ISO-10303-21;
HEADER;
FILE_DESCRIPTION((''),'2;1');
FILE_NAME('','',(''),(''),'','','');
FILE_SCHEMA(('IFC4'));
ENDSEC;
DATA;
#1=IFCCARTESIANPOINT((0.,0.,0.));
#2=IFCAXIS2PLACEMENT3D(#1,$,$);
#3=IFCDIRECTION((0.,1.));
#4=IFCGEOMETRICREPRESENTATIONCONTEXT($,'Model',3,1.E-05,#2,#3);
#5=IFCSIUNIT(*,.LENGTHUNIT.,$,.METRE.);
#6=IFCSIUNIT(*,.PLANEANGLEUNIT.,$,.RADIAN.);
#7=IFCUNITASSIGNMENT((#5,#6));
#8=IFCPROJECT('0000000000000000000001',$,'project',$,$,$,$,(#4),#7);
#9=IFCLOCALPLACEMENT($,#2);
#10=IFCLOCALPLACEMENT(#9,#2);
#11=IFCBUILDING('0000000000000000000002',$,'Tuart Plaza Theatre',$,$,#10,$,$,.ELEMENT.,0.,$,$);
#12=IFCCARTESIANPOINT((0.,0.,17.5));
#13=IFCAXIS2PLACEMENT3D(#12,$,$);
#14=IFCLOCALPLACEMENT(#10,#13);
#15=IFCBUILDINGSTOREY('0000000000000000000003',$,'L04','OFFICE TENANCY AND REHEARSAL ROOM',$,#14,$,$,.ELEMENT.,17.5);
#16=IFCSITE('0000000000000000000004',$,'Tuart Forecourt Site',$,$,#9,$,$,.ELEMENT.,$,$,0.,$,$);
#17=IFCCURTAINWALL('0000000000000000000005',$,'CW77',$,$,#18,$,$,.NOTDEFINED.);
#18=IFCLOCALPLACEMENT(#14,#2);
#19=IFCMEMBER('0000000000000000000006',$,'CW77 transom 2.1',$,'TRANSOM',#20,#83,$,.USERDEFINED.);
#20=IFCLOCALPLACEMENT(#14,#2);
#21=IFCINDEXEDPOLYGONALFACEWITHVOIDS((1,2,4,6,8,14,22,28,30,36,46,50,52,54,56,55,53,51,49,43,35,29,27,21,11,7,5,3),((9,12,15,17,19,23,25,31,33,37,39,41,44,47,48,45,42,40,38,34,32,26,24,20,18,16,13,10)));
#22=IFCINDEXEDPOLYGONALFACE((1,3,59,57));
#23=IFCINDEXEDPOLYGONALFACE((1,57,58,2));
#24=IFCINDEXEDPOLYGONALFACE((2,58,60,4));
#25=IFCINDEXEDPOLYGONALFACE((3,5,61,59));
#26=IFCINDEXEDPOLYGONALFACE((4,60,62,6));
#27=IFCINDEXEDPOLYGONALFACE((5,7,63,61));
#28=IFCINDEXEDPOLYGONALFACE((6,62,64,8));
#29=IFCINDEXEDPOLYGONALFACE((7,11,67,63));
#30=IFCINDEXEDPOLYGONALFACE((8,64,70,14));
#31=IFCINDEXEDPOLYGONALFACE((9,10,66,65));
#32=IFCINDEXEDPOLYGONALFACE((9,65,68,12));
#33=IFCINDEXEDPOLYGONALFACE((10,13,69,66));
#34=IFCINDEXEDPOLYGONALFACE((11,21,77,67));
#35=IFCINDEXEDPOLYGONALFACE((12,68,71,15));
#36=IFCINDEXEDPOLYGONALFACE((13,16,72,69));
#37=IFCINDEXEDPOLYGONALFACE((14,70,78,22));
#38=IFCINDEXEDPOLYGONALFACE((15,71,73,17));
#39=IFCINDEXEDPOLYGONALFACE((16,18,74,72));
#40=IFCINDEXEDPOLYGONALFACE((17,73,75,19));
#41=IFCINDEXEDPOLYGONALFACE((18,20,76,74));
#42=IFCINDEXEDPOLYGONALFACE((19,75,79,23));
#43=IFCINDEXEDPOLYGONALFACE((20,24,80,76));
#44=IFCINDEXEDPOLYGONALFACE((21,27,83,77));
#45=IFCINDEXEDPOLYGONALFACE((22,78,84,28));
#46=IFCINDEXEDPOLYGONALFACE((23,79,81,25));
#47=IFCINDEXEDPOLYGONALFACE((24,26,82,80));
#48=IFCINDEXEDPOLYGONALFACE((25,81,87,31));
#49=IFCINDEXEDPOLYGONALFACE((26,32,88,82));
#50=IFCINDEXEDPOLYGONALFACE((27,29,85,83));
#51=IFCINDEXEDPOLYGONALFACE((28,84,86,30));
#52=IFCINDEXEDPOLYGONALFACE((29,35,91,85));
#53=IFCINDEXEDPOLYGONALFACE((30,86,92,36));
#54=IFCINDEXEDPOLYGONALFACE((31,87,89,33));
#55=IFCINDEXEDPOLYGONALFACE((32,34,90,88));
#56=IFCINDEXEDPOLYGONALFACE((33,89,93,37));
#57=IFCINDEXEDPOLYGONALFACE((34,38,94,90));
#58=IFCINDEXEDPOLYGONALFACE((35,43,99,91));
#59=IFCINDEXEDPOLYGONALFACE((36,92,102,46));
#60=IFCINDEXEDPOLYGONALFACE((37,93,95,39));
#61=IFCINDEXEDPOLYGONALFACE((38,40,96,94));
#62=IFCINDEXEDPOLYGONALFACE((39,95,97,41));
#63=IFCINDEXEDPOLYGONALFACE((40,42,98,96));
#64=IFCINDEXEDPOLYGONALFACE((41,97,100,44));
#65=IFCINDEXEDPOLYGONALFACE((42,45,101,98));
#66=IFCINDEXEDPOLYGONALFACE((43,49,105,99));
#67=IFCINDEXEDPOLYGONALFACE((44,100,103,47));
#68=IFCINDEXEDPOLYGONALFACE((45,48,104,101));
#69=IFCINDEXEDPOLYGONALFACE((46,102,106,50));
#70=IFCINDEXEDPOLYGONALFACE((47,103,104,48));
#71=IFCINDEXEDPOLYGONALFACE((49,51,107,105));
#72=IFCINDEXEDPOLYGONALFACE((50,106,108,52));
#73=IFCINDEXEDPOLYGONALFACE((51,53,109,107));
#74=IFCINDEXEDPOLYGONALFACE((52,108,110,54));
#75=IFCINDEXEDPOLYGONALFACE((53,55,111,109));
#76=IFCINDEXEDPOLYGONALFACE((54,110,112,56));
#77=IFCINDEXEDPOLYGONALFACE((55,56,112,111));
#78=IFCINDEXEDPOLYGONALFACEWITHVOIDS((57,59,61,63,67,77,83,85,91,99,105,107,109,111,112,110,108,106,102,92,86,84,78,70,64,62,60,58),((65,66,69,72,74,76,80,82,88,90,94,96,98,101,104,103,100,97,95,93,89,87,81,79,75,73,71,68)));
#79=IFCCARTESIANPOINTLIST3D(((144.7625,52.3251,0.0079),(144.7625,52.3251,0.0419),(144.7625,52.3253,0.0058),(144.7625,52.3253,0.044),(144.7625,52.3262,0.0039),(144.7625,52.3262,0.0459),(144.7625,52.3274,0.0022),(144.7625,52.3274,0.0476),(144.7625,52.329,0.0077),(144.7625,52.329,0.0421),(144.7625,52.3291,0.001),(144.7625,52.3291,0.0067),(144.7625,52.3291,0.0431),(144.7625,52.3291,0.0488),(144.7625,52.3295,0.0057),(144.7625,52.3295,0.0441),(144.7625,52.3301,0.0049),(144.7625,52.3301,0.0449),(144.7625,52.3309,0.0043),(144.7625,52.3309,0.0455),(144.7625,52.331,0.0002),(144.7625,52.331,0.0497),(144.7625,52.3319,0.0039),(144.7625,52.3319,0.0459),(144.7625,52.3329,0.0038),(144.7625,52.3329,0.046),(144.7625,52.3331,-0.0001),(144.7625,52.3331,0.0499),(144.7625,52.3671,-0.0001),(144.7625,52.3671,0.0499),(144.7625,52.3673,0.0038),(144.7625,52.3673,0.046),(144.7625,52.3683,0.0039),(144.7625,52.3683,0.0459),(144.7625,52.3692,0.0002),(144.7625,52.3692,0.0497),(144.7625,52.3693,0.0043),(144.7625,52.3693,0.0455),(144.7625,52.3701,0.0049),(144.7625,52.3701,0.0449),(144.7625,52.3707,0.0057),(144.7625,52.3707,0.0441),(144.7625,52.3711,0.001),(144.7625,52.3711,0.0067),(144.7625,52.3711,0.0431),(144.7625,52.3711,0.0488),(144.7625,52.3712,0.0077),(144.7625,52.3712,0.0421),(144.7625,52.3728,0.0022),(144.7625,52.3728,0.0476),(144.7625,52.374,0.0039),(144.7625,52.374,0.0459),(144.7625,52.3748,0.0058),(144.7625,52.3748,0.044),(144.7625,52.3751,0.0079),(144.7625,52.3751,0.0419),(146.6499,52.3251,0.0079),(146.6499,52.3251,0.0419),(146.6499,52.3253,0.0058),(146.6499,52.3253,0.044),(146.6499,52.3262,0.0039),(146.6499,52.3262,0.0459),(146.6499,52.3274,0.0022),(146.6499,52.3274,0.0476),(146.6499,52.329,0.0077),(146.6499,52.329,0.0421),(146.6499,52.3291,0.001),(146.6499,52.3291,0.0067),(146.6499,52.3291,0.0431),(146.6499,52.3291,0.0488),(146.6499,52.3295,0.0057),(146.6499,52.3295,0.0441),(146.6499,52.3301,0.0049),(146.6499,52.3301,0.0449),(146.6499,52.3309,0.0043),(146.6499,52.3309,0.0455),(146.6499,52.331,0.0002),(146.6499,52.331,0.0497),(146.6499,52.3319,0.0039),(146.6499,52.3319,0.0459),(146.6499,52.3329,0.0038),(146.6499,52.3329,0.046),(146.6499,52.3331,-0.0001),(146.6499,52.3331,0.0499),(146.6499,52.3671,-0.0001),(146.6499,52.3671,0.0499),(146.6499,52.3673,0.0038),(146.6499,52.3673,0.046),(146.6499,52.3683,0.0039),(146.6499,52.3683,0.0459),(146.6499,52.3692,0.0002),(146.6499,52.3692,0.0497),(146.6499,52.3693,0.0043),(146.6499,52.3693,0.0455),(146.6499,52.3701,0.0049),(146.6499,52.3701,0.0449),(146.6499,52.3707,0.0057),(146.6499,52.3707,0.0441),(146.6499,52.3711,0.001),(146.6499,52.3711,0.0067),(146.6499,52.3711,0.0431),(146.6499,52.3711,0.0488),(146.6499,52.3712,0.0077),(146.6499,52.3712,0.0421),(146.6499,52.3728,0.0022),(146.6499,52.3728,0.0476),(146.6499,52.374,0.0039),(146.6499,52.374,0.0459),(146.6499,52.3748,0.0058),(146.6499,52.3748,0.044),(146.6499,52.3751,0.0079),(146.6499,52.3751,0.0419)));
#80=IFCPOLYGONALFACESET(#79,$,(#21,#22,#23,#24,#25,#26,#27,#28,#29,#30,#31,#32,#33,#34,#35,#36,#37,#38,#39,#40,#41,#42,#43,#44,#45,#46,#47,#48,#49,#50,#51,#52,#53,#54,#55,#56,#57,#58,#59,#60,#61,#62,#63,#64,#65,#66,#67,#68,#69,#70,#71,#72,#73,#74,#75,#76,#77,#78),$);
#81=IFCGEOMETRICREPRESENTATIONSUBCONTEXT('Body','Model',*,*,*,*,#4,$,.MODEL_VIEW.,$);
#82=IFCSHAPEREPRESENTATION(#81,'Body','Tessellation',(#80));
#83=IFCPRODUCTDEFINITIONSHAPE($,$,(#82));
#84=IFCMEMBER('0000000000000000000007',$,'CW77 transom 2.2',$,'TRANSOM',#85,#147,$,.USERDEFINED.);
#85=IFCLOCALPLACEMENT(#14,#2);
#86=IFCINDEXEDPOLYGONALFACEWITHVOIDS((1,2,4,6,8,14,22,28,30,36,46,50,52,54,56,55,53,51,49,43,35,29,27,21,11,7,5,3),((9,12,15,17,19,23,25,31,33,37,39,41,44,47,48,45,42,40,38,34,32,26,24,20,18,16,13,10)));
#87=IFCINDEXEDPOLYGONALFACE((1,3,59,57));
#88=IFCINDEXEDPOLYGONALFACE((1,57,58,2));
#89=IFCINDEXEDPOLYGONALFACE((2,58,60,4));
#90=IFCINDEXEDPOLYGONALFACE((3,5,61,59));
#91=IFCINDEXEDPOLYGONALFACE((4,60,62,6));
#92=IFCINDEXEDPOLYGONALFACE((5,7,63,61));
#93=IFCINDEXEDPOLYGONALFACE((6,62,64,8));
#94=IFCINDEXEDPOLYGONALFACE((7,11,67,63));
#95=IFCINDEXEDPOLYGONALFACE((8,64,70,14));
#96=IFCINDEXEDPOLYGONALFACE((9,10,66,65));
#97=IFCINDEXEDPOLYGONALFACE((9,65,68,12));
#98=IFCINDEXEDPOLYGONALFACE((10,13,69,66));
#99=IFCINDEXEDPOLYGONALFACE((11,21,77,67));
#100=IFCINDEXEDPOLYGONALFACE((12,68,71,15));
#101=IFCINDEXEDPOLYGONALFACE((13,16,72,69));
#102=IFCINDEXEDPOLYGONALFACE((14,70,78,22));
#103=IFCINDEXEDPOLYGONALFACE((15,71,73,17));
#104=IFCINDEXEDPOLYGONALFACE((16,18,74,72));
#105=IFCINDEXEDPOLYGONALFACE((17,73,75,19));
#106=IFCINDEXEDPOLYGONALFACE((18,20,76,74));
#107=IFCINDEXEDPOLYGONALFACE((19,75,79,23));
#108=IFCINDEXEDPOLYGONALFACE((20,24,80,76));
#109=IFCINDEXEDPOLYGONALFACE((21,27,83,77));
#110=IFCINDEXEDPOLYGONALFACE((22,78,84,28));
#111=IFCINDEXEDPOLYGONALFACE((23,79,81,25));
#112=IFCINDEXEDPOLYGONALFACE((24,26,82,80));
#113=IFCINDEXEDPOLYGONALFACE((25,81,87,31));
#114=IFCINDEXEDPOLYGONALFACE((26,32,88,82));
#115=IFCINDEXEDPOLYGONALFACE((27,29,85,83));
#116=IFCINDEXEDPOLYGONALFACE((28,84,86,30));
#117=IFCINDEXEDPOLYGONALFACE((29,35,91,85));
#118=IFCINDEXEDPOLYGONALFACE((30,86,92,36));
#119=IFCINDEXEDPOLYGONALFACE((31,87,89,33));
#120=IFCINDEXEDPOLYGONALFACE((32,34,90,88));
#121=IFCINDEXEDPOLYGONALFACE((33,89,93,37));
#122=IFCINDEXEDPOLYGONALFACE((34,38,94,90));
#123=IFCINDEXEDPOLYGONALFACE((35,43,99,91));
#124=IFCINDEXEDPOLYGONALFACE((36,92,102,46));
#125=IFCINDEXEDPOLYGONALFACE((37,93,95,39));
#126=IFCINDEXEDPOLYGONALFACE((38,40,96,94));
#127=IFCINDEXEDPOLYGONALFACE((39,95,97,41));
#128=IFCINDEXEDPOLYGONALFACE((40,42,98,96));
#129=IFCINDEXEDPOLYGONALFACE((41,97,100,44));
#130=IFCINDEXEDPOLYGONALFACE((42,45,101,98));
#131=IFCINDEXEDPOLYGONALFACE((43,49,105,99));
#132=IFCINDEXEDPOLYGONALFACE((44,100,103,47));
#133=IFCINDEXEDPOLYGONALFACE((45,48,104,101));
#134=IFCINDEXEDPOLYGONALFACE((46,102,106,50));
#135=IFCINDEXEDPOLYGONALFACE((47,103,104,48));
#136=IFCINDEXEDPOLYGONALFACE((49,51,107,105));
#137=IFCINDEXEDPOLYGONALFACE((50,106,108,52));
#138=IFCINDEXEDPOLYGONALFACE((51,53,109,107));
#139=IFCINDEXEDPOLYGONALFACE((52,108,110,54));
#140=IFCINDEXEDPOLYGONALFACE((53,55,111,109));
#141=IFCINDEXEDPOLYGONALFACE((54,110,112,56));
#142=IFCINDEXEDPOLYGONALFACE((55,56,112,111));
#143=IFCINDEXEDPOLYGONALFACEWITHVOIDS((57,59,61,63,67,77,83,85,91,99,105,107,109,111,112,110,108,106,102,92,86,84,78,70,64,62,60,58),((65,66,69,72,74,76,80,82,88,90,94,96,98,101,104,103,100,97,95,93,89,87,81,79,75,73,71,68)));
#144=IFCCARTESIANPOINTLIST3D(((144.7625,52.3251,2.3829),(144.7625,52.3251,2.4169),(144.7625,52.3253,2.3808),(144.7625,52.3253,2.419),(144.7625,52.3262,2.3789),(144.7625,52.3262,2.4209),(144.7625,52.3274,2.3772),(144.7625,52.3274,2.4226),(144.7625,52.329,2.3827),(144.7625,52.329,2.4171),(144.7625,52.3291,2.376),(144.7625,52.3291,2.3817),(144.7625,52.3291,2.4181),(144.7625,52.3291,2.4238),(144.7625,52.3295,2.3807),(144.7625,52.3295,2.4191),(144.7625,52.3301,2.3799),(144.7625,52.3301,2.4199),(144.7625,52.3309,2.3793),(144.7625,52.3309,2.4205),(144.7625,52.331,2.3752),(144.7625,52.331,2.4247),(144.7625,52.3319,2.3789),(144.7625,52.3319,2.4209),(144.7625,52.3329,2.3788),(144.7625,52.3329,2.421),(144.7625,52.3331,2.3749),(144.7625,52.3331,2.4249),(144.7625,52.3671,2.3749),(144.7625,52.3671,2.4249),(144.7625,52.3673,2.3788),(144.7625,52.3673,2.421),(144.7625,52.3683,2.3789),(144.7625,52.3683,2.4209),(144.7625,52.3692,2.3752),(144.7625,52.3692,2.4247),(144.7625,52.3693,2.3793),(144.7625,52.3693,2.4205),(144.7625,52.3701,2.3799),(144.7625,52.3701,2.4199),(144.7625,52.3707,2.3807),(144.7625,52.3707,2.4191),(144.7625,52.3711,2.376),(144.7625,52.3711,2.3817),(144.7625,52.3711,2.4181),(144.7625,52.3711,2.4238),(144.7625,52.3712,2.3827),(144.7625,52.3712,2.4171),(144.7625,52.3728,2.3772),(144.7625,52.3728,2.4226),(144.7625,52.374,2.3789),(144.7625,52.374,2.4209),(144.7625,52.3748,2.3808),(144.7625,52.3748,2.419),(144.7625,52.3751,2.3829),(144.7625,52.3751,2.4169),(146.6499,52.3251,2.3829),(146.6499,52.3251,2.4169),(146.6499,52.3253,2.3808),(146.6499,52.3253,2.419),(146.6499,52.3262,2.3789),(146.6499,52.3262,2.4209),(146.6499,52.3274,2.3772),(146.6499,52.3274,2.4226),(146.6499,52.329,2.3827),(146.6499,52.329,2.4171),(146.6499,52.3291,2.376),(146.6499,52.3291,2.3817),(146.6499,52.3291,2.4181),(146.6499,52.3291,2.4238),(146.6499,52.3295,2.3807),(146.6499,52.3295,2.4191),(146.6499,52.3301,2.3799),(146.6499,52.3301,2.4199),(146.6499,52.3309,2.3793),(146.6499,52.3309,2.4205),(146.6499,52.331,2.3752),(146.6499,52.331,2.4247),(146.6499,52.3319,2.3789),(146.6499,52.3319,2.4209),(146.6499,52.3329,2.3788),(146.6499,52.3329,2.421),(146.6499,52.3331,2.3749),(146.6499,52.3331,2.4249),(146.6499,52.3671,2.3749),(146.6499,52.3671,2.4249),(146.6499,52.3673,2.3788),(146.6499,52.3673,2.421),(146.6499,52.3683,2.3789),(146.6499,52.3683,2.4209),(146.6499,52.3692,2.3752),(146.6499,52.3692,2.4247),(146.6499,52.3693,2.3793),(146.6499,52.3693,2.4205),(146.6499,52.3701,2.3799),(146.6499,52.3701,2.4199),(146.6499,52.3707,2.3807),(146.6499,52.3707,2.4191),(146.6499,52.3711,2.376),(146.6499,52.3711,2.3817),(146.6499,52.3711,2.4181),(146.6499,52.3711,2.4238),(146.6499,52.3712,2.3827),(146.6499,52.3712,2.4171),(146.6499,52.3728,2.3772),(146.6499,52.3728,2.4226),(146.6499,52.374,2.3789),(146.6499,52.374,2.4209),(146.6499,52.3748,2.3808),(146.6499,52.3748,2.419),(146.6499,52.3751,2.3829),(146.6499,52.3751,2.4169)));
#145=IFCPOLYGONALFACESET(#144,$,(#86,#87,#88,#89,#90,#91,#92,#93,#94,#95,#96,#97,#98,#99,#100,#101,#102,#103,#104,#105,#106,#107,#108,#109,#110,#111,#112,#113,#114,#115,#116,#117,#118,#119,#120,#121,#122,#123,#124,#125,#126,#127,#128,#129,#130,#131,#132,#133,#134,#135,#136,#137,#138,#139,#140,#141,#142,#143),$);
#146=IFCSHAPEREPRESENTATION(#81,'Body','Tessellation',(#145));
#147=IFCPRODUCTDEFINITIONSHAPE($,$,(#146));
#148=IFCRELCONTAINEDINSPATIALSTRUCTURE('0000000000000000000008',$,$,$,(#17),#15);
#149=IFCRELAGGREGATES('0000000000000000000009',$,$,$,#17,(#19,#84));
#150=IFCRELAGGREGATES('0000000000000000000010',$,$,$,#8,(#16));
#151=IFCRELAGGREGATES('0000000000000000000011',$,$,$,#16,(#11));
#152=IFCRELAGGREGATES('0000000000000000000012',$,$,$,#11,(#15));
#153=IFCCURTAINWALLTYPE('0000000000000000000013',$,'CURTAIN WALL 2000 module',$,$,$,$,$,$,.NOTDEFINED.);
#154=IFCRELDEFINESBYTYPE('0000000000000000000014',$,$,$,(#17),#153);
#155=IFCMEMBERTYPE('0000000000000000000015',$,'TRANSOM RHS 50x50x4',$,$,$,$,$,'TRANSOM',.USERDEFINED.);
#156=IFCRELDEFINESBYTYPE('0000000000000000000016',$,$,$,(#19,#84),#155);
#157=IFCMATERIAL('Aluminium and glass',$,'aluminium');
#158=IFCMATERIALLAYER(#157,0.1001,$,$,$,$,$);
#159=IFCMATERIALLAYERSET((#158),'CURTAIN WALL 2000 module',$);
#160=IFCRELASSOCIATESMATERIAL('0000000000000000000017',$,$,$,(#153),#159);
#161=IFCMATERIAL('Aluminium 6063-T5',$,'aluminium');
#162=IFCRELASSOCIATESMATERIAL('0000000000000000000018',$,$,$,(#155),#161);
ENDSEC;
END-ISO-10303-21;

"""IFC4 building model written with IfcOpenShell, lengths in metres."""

from ifc_helpers import new_model, si_unit, direction, frame, origin, origin_2d, place, context, subcontext, project, spatial, hollow_rectangle, extrude, material, layer, layer_set, material_profile, profile_set, type_object, element, aggregate, save


model = new_model("IFC4")

# Units and contexts
model_context = context("Model", 3, precision=1e-05, world=origin(), true_north=direction((0.0, 1.0)))
body_context = subcontext(model_context, "Body", "Model", "MODEL_VIEW")
ifc_project = project(units=[si_unit("LENGTHUNIT", "METRE"), si_unit("PLANEANGLEUNIT", "RADIAN")], contexts=[model_context])

# Site, building, storey
site_placement = place(None, origin())
site = spatial("IfcSite", under=ifc_project, at=site_placement, Name="Tuart Forecourt Site", CompositionType="ELEMENT", RefElevation=0.0)
building_placement = place(site_placement, origin())
building = spatial("IfcBuilding", under=site, at=building_placement, Name="Tuart Plaza Theatre", CompositionType="ELEMENT", ElevationOfRefHeight=0.0)
storey_placement = place(building_placement, frame((0.0, 0.0, 17.5)))
storey = spatial("IfcBuildingStorey", under=building, at=storey_placement, Name="L04", Description="OFFICE TENANCY AND REHEARSAL ROOM", CompositionType="ELEMENT", Elevation=17.5)

# Curtain wall
ifc_material_1 = material(Name="Aluminium and glass", Category="aluminium")
ifc_layer_1 = layer(ifc_material_1, 0.1001)
ifc_layer_set_1 = layer_set([ifc_layer_1], Name="CURTAIN WALL 2000 module")
curtain_wall_type = type_object("IfcCurtainWallType", Name="CURTAIN WALL 2000 module", PredefinedType="NOTDEFINED", material=ifc_layer_set_1)
curtain_wall_1_placement = place(storey_placement, origin())
curtain_wall_1 = element("IfcCurtainWall", 1, at=curtain_wall_1_placement, inside=storey, type_object=curtain_wall_type, Name="CW77", PredefinedType="NOTDEFINED")

# Members
ifc_material_2 = material(Name="Aluminium 6063-T5", Category="aluminium")
ifc_material_profile_1 = material_profile(ifc_material_2, hollow_rectangle(XDim=0.05, YDim=0.05, WallThickness=0.0039, InnerFilletRadius=0.0039, OuterFilletRadius=0.0081, at=origin_2d()), Name="RHS 50x50x4")
ifc_profile_set_1 = profile_set([ifc_material_profile_1], Name="Aluminium 6063-T5")
member_type_1 = type_object("IfcMemberType", Name="TRANSOM RHS 50x50x4", ElementType="TRANSOM", PredefinedType="USERDEFINED", material=ifc_profile_set_1)
member_1_placement = place(storey_placement, frame((144.7625, 52.3501, 0.0249), z_axis=(1.0, 0.0, 0.0), x_axis=(0.0, 1.0, 0.0)))
member_1 = element("IfcMember", 2, at=member_1_placement, type_object=member_type_1, Name="CW77 transom 2.1", ObjectType="TRANSOM", PredefinedType="USERDEFINED", context=body_context, shape_type="SweptSolid", body=[
    extrude(hollow_rectangle(XDim=0.05, YDim=0.05, WallThickness=0.0039, InnerFilletRadius=0.0039, OuterFilletRadius=0.0081, at=origin_2d()), origin(), (0.0, 0.0, 1.0), 1.8875),
])
member_2_placement = place(storey_placement, frame((144.7625, 52.3501, 2.3999), z_axis=(1.0, 0.0, 0.0), x_axis=(0.0, 1.0, 0.0)))
member_2 = element("IfcMember", 3, at=member_2_placement, type_object=member_type_1, Name="CW77 transom 2.2", ObjectType="TRANSOM", PredefinedType="USERDEFINED", context=body_context, shape_type="SweptSolid", body=[
    extrude(hollow_rectangle(XDim=0.05, YDim=0.05, WallThickness=0.0039, InnerFilletRadius=0.0039, OuterFilletRadius=0.0081, at=origin_2d()), origin(), (0.0, 0.0, 1.0), 1.8875),
])

aggregate(curtain_wall_1, [member_1, member_2])

save(model, "model.ifc")
